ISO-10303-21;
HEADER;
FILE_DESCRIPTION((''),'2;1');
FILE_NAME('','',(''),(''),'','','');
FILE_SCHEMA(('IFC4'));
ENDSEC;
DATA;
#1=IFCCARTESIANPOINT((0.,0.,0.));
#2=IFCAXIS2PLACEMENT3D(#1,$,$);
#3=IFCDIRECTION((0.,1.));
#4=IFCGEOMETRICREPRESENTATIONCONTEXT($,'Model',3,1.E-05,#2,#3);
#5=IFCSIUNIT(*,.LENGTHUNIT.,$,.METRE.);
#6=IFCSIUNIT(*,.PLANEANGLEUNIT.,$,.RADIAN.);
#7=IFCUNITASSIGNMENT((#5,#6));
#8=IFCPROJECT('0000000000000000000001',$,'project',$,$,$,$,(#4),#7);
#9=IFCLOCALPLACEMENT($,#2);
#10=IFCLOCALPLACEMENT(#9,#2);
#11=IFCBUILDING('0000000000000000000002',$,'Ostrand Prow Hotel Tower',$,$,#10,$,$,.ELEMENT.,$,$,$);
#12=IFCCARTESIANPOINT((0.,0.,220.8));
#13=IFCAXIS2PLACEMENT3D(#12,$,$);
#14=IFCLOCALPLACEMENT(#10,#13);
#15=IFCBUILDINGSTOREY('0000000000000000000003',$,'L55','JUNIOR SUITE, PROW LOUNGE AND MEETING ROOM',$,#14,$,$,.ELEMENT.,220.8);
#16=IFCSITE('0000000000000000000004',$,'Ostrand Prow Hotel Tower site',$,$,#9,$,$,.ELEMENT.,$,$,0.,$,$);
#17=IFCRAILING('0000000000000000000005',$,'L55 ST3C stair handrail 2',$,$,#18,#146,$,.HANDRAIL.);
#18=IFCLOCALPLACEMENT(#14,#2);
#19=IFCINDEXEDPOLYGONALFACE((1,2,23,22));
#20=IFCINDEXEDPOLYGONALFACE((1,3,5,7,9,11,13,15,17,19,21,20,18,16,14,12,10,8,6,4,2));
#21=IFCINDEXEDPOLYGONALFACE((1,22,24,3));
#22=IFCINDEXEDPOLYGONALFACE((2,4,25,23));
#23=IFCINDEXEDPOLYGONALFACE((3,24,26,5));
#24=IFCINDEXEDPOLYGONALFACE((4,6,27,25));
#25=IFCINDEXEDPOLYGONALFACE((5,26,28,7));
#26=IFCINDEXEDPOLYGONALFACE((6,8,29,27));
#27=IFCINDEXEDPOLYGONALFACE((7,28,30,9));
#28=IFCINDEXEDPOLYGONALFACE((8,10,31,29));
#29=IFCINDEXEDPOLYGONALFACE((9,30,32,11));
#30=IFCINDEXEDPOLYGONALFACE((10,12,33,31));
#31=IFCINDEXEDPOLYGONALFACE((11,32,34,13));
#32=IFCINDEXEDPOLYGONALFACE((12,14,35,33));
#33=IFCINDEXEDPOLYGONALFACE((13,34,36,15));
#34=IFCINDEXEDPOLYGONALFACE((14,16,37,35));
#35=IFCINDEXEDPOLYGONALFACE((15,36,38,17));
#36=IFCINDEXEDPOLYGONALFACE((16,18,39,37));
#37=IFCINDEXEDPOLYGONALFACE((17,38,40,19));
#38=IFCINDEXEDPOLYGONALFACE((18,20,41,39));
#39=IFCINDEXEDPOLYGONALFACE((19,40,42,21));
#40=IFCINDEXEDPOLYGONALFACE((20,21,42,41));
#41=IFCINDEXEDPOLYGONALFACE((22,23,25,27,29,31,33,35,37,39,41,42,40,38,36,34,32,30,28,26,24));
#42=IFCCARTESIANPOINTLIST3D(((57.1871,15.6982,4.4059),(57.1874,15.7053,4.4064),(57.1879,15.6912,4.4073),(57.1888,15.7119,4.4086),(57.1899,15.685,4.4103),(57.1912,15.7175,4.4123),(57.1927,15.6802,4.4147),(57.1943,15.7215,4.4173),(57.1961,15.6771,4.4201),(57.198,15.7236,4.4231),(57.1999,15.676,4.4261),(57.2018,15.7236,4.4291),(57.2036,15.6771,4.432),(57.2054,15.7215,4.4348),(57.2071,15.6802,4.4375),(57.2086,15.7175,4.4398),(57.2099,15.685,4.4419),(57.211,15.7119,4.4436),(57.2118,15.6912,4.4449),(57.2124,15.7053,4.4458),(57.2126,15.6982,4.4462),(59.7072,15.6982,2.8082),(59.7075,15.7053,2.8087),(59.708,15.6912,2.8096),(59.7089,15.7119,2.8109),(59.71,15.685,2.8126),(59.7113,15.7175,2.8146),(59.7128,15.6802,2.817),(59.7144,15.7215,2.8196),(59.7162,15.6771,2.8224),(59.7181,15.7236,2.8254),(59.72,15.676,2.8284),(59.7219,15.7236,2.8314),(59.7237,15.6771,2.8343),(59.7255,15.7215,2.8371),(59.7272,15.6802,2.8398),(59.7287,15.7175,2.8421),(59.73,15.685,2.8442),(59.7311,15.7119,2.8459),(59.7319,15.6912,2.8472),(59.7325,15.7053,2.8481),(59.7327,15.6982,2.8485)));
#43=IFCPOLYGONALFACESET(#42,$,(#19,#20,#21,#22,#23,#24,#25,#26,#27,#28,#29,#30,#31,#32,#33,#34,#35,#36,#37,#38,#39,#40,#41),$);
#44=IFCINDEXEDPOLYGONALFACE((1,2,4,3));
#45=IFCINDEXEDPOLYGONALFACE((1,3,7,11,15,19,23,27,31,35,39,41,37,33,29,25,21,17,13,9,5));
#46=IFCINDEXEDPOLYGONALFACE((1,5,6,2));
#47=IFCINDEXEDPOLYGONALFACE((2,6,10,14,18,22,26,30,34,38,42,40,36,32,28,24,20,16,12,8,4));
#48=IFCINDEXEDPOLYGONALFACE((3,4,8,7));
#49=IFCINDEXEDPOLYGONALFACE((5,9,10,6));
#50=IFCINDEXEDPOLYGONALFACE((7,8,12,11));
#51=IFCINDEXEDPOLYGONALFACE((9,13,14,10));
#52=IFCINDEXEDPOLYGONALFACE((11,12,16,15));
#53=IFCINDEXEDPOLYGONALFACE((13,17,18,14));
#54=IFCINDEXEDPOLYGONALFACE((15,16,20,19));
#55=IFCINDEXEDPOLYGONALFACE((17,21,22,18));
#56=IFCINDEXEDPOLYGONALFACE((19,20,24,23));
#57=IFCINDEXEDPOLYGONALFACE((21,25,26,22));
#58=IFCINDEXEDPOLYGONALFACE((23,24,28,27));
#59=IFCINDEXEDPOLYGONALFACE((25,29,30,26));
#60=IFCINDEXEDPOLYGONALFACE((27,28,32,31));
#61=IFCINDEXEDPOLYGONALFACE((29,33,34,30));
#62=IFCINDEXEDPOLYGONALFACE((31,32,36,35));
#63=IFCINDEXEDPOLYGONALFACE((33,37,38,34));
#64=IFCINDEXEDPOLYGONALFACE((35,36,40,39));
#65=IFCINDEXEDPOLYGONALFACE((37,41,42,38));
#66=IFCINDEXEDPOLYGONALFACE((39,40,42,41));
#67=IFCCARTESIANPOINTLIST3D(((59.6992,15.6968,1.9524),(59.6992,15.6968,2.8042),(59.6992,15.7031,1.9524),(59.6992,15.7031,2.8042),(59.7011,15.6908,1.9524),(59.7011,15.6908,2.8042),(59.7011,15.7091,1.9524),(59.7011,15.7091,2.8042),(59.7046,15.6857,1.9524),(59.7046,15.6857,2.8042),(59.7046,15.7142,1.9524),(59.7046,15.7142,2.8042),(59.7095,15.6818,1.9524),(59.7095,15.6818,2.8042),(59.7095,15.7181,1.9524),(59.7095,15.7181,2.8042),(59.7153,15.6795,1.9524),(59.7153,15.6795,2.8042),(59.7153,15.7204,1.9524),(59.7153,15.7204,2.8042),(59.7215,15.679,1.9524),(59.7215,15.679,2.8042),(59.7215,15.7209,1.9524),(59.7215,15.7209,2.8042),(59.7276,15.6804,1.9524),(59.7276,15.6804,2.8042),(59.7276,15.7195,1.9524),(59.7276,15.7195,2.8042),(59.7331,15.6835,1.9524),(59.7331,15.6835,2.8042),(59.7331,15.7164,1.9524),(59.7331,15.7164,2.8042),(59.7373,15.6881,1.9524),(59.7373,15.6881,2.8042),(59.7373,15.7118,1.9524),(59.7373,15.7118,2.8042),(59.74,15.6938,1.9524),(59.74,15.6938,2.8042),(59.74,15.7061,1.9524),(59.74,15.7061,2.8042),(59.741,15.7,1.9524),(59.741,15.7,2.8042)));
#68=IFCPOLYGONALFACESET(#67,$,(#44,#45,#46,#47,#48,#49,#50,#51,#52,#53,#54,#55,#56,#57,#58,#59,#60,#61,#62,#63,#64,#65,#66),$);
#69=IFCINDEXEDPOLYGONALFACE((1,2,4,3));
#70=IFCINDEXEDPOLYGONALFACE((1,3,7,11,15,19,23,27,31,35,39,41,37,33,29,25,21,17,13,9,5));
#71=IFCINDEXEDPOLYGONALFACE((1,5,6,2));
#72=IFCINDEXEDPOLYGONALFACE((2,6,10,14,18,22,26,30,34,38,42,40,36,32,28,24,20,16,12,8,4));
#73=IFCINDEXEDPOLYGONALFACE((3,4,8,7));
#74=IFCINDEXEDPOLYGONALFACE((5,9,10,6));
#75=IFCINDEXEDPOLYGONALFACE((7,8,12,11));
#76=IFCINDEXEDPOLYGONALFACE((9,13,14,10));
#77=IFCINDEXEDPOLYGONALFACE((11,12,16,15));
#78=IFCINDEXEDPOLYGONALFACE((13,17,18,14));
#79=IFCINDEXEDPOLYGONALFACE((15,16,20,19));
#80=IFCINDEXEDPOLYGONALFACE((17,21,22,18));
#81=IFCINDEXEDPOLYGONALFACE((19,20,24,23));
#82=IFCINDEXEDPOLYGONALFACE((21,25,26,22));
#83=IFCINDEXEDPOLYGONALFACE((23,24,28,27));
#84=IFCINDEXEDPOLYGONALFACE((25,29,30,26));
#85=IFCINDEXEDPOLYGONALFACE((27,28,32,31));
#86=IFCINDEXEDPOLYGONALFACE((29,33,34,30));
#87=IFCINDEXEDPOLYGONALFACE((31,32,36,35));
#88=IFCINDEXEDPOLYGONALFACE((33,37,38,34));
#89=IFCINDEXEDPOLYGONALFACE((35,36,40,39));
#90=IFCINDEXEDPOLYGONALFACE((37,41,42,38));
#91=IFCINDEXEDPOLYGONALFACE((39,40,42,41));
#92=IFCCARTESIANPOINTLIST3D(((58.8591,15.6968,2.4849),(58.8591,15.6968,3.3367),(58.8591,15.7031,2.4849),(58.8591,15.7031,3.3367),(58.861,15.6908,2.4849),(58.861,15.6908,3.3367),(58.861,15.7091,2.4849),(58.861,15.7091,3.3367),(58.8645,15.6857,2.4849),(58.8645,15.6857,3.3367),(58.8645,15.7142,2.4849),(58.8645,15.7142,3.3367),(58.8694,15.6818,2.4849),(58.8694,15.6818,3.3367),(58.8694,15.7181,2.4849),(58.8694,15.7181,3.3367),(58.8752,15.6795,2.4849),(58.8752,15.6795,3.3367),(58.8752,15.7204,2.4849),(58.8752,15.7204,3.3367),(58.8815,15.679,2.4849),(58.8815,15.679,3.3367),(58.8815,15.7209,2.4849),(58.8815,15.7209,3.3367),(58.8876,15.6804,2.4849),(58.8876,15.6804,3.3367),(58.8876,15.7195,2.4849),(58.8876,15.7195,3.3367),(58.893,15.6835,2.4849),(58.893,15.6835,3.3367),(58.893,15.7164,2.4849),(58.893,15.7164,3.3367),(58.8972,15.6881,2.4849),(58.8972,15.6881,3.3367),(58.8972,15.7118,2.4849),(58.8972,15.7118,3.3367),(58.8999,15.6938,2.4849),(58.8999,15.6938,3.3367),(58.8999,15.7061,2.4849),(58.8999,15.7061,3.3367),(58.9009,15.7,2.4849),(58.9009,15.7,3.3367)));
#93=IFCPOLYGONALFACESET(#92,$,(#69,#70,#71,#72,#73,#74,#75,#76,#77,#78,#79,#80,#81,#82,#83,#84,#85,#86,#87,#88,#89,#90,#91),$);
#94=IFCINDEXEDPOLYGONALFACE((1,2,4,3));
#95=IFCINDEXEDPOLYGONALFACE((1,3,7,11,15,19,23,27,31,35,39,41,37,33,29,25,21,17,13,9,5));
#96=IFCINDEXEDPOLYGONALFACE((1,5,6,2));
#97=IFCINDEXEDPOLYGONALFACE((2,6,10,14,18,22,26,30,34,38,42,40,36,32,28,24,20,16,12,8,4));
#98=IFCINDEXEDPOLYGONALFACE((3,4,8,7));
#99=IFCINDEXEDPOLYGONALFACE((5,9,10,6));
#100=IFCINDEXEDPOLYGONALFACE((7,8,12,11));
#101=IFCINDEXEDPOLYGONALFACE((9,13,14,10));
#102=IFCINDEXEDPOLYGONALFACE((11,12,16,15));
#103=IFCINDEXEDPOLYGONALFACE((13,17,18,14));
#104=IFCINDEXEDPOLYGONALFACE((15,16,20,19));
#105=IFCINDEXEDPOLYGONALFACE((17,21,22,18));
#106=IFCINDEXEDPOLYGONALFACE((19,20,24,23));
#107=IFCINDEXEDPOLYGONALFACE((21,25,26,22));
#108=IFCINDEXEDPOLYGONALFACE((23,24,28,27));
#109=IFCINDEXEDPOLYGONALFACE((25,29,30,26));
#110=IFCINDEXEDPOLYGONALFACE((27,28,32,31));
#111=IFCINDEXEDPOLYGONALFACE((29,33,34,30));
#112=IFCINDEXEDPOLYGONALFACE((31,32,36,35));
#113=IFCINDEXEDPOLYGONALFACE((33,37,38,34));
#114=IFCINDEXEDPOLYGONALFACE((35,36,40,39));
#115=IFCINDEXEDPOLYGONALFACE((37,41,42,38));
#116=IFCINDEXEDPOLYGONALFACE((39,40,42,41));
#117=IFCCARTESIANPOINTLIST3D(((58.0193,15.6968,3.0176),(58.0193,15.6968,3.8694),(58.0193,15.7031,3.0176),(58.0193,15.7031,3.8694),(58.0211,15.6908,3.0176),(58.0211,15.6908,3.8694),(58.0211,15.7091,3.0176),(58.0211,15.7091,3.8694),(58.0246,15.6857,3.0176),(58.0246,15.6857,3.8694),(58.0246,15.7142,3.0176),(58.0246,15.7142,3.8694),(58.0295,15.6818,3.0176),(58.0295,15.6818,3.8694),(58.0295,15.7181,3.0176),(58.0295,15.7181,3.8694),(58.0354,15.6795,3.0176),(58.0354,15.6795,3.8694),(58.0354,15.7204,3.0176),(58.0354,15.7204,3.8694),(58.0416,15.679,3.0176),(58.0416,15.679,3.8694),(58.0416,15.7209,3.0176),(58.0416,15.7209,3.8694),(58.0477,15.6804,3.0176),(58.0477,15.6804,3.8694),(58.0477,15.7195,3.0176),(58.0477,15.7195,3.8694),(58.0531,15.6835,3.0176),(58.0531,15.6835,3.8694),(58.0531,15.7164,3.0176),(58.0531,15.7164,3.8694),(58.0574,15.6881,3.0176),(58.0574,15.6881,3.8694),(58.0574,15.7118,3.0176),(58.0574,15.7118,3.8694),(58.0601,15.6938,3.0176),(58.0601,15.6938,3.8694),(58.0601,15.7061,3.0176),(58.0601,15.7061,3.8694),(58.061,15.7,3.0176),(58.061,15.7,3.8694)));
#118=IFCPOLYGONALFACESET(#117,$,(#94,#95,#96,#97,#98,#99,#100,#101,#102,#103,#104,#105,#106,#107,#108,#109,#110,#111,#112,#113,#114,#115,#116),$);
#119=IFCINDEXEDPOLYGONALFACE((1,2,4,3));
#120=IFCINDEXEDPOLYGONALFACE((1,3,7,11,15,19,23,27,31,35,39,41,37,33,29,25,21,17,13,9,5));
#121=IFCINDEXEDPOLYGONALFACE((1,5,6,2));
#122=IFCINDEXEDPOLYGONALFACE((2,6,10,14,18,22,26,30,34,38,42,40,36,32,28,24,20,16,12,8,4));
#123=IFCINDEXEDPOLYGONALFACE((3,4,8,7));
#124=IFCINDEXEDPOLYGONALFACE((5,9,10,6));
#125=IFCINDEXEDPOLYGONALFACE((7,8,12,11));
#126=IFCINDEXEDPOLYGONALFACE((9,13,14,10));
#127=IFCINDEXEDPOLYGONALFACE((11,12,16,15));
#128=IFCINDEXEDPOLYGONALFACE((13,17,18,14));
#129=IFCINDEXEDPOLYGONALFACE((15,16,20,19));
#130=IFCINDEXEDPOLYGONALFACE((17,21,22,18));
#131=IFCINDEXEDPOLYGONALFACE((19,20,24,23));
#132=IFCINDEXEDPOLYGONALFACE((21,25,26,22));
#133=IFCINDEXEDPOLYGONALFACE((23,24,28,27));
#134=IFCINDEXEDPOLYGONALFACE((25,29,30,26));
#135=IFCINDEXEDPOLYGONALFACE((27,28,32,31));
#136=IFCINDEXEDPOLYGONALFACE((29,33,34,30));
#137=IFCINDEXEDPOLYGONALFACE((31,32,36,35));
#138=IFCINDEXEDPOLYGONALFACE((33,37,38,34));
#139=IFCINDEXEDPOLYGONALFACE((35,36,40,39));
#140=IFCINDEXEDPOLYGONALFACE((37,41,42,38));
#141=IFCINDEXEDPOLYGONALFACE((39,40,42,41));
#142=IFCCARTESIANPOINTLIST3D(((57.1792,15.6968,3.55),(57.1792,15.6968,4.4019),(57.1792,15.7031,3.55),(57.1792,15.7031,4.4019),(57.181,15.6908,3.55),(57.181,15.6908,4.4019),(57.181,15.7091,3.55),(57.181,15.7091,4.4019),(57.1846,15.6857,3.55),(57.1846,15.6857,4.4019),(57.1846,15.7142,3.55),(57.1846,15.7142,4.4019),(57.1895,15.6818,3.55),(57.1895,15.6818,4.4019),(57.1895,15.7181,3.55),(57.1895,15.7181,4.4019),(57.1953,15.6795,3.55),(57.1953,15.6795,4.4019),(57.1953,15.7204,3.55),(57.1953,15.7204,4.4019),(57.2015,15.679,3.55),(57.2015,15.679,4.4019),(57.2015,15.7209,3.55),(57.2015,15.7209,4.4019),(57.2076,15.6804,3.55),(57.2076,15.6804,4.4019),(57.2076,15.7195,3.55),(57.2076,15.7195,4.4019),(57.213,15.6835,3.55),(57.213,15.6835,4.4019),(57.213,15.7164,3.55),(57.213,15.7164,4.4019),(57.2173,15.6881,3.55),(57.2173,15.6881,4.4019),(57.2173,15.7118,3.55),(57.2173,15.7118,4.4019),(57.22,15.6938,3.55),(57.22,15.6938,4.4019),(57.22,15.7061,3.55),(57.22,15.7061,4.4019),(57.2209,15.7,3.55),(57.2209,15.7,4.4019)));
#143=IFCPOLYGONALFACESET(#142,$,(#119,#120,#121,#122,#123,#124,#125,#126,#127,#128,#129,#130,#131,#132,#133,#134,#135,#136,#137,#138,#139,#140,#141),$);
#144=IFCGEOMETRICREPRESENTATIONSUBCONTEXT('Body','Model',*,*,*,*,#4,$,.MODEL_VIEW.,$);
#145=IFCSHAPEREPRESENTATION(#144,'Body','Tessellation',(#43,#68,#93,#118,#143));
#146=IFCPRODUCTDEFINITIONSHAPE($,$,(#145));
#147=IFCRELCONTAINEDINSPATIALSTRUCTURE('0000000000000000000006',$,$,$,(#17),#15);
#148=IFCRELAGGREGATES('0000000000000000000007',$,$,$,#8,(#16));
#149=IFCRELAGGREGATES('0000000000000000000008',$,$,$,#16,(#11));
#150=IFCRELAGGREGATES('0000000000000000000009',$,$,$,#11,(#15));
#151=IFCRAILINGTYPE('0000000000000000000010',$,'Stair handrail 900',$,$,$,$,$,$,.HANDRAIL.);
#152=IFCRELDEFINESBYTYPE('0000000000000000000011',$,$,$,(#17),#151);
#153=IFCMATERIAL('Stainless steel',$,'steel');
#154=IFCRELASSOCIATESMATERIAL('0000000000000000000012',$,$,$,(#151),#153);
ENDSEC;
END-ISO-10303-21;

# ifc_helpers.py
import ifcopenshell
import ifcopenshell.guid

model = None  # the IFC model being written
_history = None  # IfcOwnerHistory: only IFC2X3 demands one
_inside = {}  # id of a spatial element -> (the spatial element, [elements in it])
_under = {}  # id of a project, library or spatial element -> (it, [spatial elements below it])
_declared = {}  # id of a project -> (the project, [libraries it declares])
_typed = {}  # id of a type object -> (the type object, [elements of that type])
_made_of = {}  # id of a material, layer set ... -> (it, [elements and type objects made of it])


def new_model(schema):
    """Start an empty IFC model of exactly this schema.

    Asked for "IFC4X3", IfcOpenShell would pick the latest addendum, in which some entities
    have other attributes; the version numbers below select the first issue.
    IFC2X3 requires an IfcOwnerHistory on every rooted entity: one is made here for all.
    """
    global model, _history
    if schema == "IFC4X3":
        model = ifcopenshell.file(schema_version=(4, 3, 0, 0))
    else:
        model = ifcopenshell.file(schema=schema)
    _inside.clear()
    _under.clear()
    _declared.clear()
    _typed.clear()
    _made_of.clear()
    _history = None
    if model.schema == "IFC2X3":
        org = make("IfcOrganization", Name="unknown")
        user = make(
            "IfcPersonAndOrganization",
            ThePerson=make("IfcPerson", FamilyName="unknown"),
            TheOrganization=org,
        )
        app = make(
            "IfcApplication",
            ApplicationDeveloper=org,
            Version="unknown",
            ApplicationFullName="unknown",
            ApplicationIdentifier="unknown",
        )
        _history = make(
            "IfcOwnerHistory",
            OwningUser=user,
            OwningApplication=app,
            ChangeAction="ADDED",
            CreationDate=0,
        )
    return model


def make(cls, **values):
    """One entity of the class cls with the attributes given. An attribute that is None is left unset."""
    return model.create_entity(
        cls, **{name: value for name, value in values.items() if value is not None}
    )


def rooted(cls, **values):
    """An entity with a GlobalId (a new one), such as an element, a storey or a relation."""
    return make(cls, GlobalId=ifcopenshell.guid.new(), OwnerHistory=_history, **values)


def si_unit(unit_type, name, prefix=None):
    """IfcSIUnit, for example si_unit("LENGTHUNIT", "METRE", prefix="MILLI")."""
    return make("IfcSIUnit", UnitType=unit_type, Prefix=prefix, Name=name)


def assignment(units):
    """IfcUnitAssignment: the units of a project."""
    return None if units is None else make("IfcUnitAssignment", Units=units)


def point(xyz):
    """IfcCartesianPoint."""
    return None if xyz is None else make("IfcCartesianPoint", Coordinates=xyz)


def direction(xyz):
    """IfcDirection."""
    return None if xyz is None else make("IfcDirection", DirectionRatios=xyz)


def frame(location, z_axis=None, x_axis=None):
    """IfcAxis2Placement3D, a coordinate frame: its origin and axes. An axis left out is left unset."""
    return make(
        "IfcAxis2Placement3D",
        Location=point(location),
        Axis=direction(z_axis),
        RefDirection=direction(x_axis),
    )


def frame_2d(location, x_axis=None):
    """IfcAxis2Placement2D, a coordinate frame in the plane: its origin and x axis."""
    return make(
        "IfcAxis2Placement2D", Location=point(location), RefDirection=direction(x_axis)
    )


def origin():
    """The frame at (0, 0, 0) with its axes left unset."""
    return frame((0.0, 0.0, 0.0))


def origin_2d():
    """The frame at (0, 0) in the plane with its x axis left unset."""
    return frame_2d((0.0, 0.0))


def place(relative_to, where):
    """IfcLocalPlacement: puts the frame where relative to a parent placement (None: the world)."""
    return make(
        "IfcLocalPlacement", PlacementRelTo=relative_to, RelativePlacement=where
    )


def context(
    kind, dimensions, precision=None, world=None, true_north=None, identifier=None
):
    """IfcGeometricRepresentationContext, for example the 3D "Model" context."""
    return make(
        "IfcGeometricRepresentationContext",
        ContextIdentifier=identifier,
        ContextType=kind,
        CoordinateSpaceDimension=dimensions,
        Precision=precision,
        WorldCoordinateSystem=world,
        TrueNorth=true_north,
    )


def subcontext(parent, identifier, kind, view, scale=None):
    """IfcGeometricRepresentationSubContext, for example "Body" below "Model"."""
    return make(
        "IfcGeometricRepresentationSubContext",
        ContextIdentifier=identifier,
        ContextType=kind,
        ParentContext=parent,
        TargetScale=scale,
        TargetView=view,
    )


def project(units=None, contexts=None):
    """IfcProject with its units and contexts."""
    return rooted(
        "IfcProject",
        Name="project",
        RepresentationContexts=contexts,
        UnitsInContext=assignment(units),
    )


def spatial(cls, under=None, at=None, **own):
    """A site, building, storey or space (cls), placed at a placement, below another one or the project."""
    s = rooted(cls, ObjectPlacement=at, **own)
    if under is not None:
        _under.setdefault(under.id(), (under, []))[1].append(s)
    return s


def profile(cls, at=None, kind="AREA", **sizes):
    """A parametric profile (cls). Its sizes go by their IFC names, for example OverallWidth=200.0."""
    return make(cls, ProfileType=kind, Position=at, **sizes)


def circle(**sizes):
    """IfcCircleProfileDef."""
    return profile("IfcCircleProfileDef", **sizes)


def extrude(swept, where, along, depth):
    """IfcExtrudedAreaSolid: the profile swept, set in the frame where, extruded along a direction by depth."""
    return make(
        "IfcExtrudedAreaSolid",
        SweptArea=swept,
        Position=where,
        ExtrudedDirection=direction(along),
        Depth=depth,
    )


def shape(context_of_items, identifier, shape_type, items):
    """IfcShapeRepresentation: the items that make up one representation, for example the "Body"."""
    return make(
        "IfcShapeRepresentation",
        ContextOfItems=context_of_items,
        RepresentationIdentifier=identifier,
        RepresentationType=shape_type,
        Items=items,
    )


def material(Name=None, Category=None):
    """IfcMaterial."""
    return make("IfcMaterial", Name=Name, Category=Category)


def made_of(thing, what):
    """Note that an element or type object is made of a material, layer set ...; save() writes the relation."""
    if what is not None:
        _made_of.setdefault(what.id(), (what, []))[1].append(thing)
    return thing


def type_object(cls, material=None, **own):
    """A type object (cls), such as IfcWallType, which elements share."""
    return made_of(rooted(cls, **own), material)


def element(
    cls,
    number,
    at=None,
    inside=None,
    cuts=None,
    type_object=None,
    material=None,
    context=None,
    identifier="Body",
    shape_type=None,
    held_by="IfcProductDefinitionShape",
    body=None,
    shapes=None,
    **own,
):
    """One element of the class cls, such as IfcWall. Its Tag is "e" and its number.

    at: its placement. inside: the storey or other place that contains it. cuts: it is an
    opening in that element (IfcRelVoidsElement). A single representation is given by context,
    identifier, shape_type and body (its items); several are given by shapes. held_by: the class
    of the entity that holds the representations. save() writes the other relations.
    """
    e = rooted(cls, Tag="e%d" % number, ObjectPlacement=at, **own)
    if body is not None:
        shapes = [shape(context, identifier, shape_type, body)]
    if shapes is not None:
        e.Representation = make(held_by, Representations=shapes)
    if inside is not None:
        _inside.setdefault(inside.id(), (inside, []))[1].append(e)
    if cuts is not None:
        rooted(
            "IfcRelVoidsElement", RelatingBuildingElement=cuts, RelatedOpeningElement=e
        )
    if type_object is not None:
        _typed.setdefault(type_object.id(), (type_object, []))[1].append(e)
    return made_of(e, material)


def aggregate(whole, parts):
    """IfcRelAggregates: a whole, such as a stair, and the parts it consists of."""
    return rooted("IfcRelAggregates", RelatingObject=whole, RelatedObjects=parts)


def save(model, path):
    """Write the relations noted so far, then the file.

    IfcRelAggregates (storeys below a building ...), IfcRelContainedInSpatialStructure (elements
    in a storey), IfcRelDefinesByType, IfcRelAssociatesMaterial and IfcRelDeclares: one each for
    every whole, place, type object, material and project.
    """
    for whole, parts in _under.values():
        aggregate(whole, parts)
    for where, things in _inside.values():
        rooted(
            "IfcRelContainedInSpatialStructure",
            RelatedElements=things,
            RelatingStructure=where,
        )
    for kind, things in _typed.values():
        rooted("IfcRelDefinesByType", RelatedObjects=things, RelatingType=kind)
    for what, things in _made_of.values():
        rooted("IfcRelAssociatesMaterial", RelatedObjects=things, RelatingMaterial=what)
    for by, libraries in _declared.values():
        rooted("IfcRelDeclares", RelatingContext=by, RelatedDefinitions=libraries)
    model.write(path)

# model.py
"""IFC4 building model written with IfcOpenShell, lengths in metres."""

from ifc_helpers import new_model, si_unit, direction, frame, origin, origin_2d, place, context, subcontext, project, spatial, circle, extrude, material, type_object, element, save


model = new_model("IFC4")

# Units and contexts
model_context = context("Model", 3, precision=1e-05, world=origin(), true_north=direction((0.0, 1.0)))
body_context = subcontext(model_context, "Body", "Model", "MODEL_VIEW")
ifc_project = project(units=[si_unit("LENGTHUNIT", "METRE"), si_unit("PLANEANGLEUNIT", "RADIAN")], contexts=[model_context])

# Site, building, storey
site_placement = place(None, origin())
site = spatial("IfcSite", under=ifc_project, at=site_placement, Name="Ostrand Prow Hotel Tower site", CompositionType="ELEMENT", RefElevation=0.0)
building_placement = place(site_placement, origin())
building = spatial("IfcBuilding", under=site, at=building_placement, Name="Ostrand Prow Hotel Tower", CompositionType="ELEMENT")
storey_placement = place(building_placement, frame((0.0, 0.0, 220.8)))
storey = spatial("IfcBuildingStorey", under=building, at=storey_placement, Name="L55", Description="JUNIOR SUITE, PROW LOUNGE AND MEETING ROOM", CompositionType="ELEMENT", Elevation=220.8)

# Railing
ifc_material_1 = material(Name="Stainless steel", Category="steel")
railing_type_1 = type_object("IfcRailingType", Name="Stair handrail 900", PredefinedType="HANDRAIL", material=ifc_material_1)
railing_1_placement = place(storey_placement, frame((59.72, 15.7, 1.9524)))
element("IfcRailing", 1, at=railing_1_placement, inside=storey, type_object=railing_type_1, Name="L55 ST3C stair handrail 2", PredefinedType="HANDRAIL", context=body_context, shape_type="SweptSolid", body=[
    extrude(circle(Radius=0.0239, at=origin_2d()), frame((0.0, 0.0, 0.876), z_axis=(-0.84457, 0.0, 0.535445), x_axis=(0.0, -1.0, 0.0)), (0.0, 0.0, 1.0), 2.9839),
    extrude(circle(Radius=0.021, at=origin_2d()), origin(), (0.0, 0.0, 1.0), 0.8518),
    extrude(circle(Radius=0.021, at=origin_2d()), frame((-0.8401, 0.0, 0.5325)), (0.0, 0.0, 1.0), 0.8518),
    extrude(circle(Radius=0.021, at=origin_2d()), frame((-1.6799, 0.0, 1.0652)), (0.0, 0.0, 1.0), 0.8518),
    extrude(circle(Radius=0.021, at=origin_2d()), frame((-2.52, 0.0, 1.5977)), (0.0, 0.0, 1.0), 0.8518),
])

save(model, "model.ifc")
